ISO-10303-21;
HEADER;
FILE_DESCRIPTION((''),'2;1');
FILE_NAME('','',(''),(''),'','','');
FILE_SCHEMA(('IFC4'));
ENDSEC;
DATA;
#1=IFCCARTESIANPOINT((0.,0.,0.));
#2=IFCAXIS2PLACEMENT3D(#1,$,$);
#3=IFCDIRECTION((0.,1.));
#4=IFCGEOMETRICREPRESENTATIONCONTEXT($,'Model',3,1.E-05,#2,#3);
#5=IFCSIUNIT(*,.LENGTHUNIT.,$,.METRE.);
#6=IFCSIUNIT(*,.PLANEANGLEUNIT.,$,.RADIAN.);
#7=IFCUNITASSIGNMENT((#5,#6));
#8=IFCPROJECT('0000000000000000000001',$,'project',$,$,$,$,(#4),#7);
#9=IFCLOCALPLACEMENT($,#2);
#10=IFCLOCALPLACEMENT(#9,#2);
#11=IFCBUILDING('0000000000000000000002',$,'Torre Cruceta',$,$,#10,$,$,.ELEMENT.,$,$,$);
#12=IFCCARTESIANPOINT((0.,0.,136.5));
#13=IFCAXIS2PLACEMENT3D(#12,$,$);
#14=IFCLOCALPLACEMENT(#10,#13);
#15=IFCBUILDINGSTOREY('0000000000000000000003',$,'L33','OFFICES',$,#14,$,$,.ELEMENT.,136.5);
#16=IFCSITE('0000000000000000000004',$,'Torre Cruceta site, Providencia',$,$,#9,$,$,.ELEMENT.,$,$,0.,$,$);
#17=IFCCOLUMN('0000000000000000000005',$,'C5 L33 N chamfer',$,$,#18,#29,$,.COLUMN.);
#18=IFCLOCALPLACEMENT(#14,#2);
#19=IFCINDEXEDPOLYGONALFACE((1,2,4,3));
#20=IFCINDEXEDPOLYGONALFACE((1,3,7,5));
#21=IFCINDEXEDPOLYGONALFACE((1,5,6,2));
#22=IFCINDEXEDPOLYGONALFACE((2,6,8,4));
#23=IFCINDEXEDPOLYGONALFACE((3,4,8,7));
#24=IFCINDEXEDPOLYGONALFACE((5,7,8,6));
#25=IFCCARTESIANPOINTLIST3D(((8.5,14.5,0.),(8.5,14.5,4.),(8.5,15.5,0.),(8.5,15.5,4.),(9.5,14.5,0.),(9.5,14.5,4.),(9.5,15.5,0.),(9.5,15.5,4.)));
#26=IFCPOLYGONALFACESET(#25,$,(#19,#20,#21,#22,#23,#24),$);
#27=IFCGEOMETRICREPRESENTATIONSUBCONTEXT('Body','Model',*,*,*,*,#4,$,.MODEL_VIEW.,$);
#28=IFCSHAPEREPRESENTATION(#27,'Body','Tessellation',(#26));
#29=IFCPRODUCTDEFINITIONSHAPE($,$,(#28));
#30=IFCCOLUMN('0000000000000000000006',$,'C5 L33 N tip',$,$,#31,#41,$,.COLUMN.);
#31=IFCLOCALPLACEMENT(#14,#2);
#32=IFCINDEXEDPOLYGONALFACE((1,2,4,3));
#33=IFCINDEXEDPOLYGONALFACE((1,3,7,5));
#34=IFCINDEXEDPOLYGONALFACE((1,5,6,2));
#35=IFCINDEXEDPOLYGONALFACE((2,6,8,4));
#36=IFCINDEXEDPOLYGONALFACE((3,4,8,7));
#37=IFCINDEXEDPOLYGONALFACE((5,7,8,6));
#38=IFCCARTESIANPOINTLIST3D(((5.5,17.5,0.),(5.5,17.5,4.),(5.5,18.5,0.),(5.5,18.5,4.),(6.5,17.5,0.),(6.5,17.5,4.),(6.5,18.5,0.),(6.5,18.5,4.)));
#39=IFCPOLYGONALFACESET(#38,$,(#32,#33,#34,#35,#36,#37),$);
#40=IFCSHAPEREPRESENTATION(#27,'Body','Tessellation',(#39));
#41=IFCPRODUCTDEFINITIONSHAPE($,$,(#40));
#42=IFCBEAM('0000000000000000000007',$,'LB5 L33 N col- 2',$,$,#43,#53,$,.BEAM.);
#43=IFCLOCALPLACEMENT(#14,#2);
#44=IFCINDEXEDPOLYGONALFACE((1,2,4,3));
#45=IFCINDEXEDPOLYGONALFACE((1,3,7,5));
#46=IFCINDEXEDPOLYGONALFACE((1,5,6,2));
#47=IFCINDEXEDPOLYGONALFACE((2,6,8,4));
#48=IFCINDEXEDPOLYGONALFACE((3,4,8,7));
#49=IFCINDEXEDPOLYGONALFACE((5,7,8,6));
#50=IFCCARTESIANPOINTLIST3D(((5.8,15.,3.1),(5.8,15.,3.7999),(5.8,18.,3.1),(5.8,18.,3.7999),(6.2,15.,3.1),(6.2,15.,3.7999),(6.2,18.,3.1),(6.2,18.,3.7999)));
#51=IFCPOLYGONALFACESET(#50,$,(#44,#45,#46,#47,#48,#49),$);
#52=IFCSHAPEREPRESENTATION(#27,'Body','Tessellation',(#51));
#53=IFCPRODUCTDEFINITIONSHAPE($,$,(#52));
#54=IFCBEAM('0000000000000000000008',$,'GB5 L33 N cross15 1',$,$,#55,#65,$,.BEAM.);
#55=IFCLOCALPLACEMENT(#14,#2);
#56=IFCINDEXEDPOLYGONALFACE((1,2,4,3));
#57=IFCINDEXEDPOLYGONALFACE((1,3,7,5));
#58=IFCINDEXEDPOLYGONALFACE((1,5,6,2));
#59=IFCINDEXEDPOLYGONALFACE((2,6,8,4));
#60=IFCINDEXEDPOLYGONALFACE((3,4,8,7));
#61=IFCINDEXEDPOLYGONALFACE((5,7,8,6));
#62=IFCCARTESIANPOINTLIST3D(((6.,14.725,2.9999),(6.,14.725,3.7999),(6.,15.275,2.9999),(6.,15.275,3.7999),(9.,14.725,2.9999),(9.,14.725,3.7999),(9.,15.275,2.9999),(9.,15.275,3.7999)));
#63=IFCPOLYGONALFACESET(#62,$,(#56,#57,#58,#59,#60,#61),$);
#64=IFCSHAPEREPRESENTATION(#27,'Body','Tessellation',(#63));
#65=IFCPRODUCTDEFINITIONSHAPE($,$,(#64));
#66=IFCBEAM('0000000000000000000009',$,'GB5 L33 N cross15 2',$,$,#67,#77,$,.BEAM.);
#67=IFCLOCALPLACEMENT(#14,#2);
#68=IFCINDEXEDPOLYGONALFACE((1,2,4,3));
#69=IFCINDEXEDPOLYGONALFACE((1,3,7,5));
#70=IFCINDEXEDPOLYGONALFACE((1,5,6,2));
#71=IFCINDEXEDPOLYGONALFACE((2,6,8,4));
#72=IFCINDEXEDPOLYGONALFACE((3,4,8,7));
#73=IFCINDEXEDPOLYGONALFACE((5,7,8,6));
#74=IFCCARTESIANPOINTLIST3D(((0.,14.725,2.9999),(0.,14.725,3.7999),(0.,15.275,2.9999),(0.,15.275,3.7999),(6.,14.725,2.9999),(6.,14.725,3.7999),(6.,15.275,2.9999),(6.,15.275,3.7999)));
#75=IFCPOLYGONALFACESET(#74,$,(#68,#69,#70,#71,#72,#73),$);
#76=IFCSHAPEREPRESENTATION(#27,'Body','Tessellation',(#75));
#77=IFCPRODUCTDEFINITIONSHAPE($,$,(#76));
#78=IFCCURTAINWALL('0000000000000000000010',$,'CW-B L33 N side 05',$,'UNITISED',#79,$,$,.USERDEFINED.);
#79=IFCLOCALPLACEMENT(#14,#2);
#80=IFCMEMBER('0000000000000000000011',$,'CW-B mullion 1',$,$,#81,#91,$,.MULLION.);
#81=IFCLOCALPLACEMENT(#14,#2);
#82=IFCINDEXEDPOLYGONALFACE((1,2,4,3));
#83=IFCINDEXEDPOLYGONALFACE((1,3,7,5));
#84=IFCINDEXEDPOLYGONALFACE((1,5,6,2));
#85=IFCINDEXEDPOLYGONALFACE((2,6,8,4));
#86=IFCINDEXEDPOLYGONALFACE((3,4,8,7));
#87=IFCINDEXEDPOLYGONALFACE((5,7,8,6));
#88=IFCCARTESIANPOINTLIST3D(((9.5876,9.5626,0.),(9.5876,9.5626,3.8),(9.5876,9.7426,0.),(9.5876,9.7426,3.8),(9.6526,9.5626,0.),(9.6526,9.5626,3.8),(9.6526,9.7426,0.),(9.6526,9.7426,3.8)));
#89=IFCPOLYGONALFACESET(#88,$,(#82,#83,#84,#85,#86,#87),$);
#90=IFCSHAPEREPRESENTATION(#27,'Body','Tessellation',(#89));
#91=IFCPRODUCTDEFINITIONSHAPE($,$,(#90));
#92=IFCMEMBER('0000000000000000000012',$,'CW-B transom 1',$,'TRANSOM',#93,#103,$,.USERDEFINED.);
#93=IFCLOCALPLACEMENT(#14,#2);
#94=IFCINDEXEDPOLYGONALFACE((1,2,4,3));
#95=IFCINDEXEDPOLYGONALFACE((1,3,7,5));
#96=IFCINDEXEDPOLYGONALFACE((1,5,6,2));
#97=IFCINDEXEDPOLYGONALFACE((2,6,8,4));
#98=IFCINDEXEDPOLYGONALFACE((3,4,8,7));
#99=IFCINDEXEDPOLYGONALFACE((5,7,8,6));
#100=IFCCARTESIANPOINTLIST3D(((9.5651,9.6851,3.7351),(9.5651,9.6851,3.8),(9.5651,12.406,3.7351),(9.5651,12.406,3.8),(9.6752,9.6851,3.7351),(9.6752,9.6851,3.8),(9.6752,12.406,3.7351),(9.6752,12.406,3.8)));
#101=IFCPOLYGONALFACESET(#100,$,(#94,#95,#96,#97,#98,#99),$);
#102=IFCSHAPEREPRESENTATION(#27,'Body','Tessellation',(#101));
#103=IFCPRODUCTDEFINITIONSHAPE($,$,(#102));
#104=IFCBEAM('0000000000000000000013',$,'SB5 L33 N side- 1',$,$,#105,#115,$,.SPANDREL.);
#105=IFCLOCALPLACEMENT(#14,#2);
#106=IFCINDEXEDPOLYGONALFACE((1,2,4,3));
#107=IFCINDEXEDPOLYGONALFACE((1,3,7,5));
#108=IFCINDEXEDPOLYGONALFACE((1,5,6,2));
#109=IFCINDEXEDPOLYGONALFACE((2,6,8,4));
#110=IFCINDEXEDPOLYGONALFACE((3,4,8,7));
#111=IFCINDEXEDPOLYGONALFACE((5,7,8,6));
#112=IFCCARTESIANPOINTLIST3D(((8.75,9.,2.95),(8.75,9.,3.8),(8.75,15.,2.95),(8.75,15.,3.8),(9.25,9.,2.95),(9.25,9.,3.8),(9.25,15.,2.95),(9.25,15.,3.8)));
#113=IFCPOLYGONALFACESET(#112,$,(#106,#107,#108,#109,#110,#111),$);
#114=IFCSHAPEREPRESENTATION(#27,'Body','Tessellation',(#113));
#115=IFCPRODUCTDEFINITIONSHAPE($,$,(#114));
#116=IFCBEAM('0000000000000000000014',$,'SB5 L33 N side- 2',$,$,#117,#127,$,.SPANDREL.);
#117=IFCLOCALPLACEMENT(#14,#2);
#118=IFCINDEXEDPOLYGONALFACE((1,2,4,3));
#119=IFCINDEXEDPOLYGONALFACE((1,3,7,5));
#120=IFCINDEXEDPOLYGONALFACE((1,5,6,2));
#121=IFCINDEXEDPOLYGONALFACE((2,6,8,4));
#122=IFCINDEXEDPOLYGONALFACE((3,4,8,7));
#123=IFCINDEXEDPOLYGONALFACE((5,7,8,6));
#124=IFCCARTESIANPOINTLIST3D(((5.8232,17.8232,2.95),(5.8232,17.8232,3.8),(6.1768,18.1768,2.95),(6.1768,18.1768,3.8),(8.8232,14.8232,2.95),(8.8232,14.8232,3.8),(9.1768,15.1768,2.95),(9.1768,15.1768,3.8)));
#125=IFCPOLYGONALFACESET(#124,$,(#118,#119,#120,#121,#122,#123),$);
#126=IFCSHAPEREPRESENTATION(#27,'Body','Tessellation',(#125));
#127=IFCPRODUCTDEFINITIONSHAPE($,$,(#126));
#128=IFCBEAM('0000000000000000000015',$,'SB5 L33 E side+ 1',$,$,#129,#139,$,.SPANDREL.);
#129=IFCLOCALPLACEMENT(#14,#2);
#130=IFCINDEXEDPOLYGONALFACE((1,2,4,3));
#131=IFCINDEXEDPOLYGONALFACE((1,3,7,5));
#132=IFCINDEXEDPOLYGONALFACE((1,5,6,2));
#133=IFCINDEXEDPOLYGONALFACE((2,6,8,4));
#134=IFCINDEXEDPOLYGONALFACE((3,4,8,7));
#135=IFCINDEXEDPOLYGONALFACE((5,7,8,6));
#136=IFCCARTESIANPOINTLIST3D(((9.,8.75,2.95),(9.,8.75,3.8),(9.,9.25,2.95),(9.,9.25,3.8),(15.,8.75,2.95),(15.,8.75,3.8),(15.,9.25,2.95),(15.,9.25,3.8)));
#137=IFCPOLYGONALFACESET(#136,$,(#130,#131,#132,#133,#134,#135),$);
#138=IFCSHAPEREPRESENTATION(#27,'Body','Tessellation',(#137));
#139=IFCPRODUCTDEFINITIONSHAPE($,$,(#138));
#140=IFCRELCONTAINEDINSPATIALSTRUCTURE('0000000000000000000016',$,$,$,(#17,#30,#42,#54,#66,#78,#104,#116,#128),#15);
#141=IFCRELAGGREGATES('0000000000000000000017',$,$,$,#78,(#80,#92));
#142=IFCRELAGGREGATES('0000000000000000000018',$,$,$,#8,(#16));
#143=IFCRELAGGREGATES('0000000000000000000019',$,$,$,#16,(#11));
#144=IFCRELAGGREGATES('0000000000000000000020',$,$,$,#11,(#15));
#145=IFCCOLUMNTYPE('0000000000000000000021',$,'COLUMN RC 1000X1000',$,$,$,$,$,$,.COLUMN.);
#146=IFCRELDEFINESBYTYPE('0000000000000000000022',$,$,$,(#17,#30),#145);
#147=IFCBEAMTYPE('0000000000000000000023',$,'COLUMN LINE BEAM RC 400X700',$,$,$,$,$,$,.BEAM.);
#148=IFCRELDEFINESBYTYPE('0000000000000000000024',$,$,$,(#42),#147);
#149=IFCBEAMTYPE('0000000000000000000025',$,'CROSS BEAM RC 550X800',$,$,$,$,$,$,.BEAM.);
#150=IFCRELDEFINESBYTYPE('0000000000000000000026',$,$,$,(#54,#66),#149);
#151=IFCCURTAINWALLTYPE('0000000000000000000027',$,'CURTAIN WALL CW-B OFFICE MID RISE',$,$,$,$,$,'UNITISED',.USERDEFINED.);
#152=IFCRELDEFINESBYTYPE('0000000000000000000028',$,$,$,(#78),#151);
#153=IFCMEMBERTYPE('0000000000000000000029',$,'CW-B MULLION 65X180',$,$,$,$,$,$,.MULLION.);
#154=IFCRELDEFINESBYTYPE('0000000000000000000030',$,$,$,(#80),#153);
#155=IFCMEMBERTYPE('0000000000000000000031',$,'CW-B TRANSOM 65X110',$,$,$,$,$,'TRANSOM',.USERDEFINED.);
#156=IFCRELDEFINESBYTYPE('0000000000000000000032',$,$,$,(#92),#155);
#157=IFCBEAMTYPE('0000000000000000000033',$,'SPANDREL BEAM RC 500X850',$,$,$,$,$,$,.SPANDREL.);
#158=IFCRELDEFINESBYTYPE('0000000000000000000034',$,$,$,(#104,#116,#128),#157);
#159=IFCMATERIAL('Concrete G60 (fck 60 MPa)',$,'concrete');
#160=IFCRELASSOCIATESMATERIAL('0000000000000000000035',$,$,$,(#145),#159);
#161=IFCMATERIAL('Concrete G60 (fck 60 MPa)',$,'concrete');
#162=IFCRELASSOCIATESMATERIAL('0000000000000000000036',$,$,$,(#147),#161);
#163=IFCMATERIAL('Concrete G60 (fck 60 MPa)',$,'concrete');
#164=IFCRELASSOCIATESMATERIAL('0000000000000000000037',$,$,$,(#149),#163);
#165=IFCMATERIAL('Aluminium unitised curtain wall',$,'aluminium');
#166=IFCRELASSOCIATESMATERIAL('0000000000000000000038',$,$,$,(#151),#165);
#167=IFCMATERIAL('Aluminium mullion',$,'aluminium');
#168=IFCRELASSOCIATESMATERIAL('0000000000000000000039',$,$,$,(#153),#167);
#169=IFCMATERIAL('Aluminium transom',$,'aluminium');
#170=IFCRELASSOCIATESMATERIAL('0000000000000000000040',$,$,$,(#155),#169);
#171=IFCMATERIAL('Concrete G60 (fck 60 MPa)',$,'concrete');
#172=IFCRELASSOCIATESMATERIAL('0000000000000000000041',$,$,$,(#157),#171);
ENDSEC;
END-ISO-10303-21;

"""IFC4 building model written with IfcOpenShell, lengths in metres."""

from ifc_helpers import new_model, si_unit, direction, frame, origin, origin_2d, place, context, subcontext, project, spatial, rectangle, extrude, material, material_profile, profile_set, type_object, element, aggregate, save


model = new_model("IFC4")

# Units and contexts
model_context = context("Model", 3, precision=1e-05, world=origin(), true_north=direction((0.0, 1.0)))
body_context = subcontext(model_context, "Body", "Model", "MODEL_VIEW")
ifc_project = project(units=[si_unit("LENGTHUNIT", "METRE"), si_unit("PLANEANGLEUNIT", "RADIAN")], contexts=[model_context])

# Site, building, storey
site_placement = place(None, origin())
site = spatial("IfcSite", under=ifc_project, at=site_placement, Name="Torre Cruceta site, Providencia", CompositionType="ELEMENT", RefElevation=0.0)
building_placement = place(site_placement, origin())
building = spatial("IfcBuilding", under=site, at=building_placement, Name="Torre Cruceta", CompositionType="ELEMENT")
storey_placement = place(building_placement, frame((0.0, 0.0, 136.5)))
storey = spatial("IfcBuildingStorey", under=building, at=storey_placement, Name="L33", Description="OFFICES", CompositionType="ELEMENT", Elevation=136.5)

# Columns
ifc_material_1 = material(Name="Concrete G60 (fck 60 MPa)", Category="concrete")
ifc_material_profile_1 = material_profile(ifc_material_1, rectangle(XDim=1.0, YDim=1.0, at=origin_2d()), Name="RC 1000X1000")
ifc_profile_set_1 = profile_set([ifc_material_profile_1], Name="Concrete G60 (fck 60 MPa)")
column_type = type_object("IfcColumnType", Name="COLUMN RC 1000X1000", PredefinedType="COLUMN", material=ifc_profile_set_1)
for number, where, z_axis, x_axis, name in (
    (1, (9.0, 15.0, 0.0), (0.0, 0.0, 1.0), (1.0, 0.0, 0.0), "C5 L33 N chamfer"),
    (2, (6.0, 18.0, 0.0), (0.0, 0.0, 1.0), (1.0, 0.0, 0.0), "C5 L33 N tip"),
):
    element("IfcColumn", number, at=place(storey_placement, frame(where, z_axis=z_axis, x_axis=x_axis)), inside=storey, type_object=column_type, Name=name, PredefinedType="COLUMN", context=body_context, shape_type="SweptSolid", body=[
        extrude(rectangle(XDim=1.0, YDim=1.0, at=origin_2d()), origin(), (0.0, 0.0, 1.0), 4.0),
    ])

# Beams
ifc_material_2 = material(Name="Concrete G60 (fck 60 MPa)", Category="concrete")
ifc_material_profile_2 = material_profile(ifc_material_2, rectangle(XDim=0.3999, YDim=0.7, at=origin_2d()), Name="RC 400X700")
ifc_profile_set_2 = profile_set([ifc_material_profile_2], Name="Concrete G60 (fck 60 MPa)")
beam_type_1 = type_object("IfcBeamType", Name="COLUMN LINE BEAM RC 400X700", PredefinedType="BEAM", material=ifc_profile_set_2)
beam_1_placement = place(storey_placement, frame((6.0, 15.0, 3.45), z_axis=(0.0, 1.0, 0.0), x_axis=(-1.0, 0.0, 0.0)))
element("IfcBeam", 3, at=beam_1_placement, inside=storey, type_object=beam_type_1, Name="LB5 L33 N col- 2", PredefinedType="BEAM", context=body_context, shape_type="SweptSolid", body=[
    extrude(rectangle(XDim=0.3999, YDim=0.7, at=origin_2d()), origin(), (0.0, 0.0, 1.0), 3.0),
])
ifc_material_3 = material(Name="Concrete G60 (fck 60 MPa)", Category="concrete")
ifc_material_profile_3 = material_profile(ifc_material_3, rectangle(XDim=0.55, YDim=0.8, at=origin_2d()), Name="RC 550X800")
ifc_profile_set_3 = profile_set([ifc_material_profile_3], Name="Concrete G60 (fck 60 MPa)")
beam_type_2 = type_object("IfcBeamType", Name="CROSS BEAM RC 550X800", PredefinedType="BEAM", material=ifc_profile_set_3)
beam_2_placement = place(storey_placement, frame((9.0, 15.0, 3.3999), z_axis=(-1.0, 0.0, 0.0), x_axis=(0.0, -1.0, 0.0)))
element("IfcBeam", 4, at=beam_2_placement, inside=storey, type_object=beam_type_2, Name="GB5 L33 N cross15 1", PredefinedType="BEAM", context=body_context, shape_type="SweptSolid", body=[
    extrude(rectangle(XDim=0.55, YDim=0.8, at=origin_2d()), origin(), (0.0, 0.0, 1.0), 3.0),
])
beam_3_placement = place(storey_placement, frame((6.0, 15.0, 3.3999), z_axis=(-1.0, 0.0, 0.0), x_axis=(0.0, -1.0, 0.0)))
element("IfcBeam", 5, at=beam_3_placement, inside=storey, type_object=beam_type_2, Name="GB5 L33 N cross15 2", PredefinedType="BEAM", context=body_context, shape_type="SweptSolid", body=[
    extrude(rectangle(XDim=0.55, YDim=0.8, at=origin_2d()), origin(), (0.0, 0.0, 1.0), 6.0),
])

# Curtain wall, members
ifc_material_4 = material(Name="Aluminium unitised curtain wall", Category="aluminium")
curtain_wall_type = type_object("IfcCurtainWallType", Name="CURTAIN WALL CW-B OFFICE MID RISE", ElementType="UNITISED", PredefinedType="USERDEFINED", material=ifc_material_4)
curtain_wall_placement = place(storey_placement, origin())
curtain_wall = element("IfcCurtainWall", 6, at=curtain_wall_placement, inside=storey, type_object=curtain_wall_type, Name="CW-B L33 N side 05", ObjectType="UNITISED", PredefinedType="USERDEFINED")
ifc_material_5 = material(Name="Aluminium mullion", Category="aluminium")
ifc_material_profile_4 = material_profile(ifc_material_5, rectangle(XDim=0.0649, YDim=0.1799, at=origin_2d()), Name="AL 65X180")
ifc_profile_set_4 = profile_set([ifc_material_profile_4], Name="Aluminium mullion")
member_type_1 = type_object("IfcMemberType", Name="CW-B MULLION 65X180", PredefinedType="MULLION", material=ifc_profile_set_4)
member_1_placement = place(storey_placement, frame((9.6201, 9.6526, 0.0), z_axis=(0.0, 0.0, 1.0), x_axis=(-1.0, 0.0, 0.0)))
member_1 = element("IfcMember", 7, at=member_1_placement, type_object=member_type_1, Name="CW-B mullion 1", PredefinedType="MULLION", context=body_context, shape_type="SweptSolid", body=[
    extrude(rectangle(XDim=0.0649, YDim=0.1799, at=origin_2d()), origin(), (0.0, 0.0, 1.0), 3.8),
])
ifc_material_6 = material(Name="Aluminium transom", Category="aluminium")
ifc_material_profile_5 = material_profile(ifc_material_6, rectangle(XDim=0.1101, YDim=0.0649, at=origin_2d()), Name="AL 110X65")
ifc_profile_set_5 = profile_set([ifc_material_profile_5], Name="Aluminium transom")
member_type_2 = type_object("IfcMemberType", Name="CW-B TRANSOM 65X110", ElementType="TRANSOM", PredefinedType="USERDEFINED", material=ifc_profile_set_5)
member_2_placement = place(storey_placement, frame((9.6201, 9.6851, 3.7676), z_axis=(0.0, 1.0, 0.0), x_axis=(-1.0, 0.0, 0.0)))
member_2 = element("IfcMember", 8, at=member_2_placement, type_object=member_type_2, Name="CW-B transom 1", ObjectType="TRANSOM", PredefinedType="USERDEFINED", context=body_context, shape_type="SweptSolid", body=[
    extrude(rectangle(XDim=0.1101, YDim=0.0649, at=origin_2d()), origin(), (0.0, 0.0, 1.0), 2.7209),
])
aggregate(curtain_wall, [member_1, member_2])

# Beams
ifc_material_7 = material(Name="Concrete G60 (fck 60 MPa)", Category="concrete")
ifc_material_profile_6 = material_profile(ifc_material_7, rectangle(XDim=0.5, YDim=0.8501, at=origin_2d()), Name="RC 500X850")
ifc_profile_set_6 = profile_set([ifc_material_profile_6], Name="Concrete G60 (fck 60 MPa)")
beam_type_3 = type_object("IfcBeamType", Name="SPANDREL BEAM RC 500X850", PredefinedType="SPANDREL", material=ifc_profile_set_6)
beam_4_placement = place(storey_placement, frame((9.0, 9.0, 3.375), z_axis=(0.0, 1.0, 0.0), x_axis=(-1.0, 0.0, 0.0)))
element("IfcBeam", 9, at=beam_4_placement, inside=storey, type_object=beam_type_3, Name="SB5 L33 N side- 1", PredefinedType="SPANDREL", context=body_context, shape_type="SweptSolid", body=[
    extrude(rectangle(XDim=0.5, YDim=0.8501, at=origin_2d()), origin(), (0.0, 0.0, 1.0), 6.0),
])
beam_5_placement = place(storey_placement, frame((9.0, 15.0, 3.375), z_axis=(-0.707107, 0.707107, 0.0), x_axis=(-0.707107, -0.707107, 0.0)))
element("IfcBeam", 10, at=beam_5_placement, inside=storey, type_object=beam_type_3, Name="SB5 L33 N side- 2", PredefinedType="SPANDREL", context=body_context, shape_type="SweptSolid", body=[
    extrude(rectangle(XDim=0.5, YDim=0.8501, at=origin_2d()), origin(), (0.0, 0.0, 1.0), 4.2427),
])
beam_6_placement = place(storey_placement, frame((9.0, 9.0, 3.375), z_axis=(1.0, 0.0, 0.0), x_axis=(0.0, 1.0, 0.0)))
element("IfcBeam", 11, at=beam_6_placement, inside=storey, type_object=beam_type_3, Name="SB5 L33 E side+ 1", PredefinedType="SPANDREL", context=body_context, shape_type="SweptSolid", body=[
    extrude(rectangle(XDim=0.5, YDim=0.8501, at=origin_2d()), origin(), (0.0, 0.0, 1.0), 6.0),
])

save(model, "model.ifc")
